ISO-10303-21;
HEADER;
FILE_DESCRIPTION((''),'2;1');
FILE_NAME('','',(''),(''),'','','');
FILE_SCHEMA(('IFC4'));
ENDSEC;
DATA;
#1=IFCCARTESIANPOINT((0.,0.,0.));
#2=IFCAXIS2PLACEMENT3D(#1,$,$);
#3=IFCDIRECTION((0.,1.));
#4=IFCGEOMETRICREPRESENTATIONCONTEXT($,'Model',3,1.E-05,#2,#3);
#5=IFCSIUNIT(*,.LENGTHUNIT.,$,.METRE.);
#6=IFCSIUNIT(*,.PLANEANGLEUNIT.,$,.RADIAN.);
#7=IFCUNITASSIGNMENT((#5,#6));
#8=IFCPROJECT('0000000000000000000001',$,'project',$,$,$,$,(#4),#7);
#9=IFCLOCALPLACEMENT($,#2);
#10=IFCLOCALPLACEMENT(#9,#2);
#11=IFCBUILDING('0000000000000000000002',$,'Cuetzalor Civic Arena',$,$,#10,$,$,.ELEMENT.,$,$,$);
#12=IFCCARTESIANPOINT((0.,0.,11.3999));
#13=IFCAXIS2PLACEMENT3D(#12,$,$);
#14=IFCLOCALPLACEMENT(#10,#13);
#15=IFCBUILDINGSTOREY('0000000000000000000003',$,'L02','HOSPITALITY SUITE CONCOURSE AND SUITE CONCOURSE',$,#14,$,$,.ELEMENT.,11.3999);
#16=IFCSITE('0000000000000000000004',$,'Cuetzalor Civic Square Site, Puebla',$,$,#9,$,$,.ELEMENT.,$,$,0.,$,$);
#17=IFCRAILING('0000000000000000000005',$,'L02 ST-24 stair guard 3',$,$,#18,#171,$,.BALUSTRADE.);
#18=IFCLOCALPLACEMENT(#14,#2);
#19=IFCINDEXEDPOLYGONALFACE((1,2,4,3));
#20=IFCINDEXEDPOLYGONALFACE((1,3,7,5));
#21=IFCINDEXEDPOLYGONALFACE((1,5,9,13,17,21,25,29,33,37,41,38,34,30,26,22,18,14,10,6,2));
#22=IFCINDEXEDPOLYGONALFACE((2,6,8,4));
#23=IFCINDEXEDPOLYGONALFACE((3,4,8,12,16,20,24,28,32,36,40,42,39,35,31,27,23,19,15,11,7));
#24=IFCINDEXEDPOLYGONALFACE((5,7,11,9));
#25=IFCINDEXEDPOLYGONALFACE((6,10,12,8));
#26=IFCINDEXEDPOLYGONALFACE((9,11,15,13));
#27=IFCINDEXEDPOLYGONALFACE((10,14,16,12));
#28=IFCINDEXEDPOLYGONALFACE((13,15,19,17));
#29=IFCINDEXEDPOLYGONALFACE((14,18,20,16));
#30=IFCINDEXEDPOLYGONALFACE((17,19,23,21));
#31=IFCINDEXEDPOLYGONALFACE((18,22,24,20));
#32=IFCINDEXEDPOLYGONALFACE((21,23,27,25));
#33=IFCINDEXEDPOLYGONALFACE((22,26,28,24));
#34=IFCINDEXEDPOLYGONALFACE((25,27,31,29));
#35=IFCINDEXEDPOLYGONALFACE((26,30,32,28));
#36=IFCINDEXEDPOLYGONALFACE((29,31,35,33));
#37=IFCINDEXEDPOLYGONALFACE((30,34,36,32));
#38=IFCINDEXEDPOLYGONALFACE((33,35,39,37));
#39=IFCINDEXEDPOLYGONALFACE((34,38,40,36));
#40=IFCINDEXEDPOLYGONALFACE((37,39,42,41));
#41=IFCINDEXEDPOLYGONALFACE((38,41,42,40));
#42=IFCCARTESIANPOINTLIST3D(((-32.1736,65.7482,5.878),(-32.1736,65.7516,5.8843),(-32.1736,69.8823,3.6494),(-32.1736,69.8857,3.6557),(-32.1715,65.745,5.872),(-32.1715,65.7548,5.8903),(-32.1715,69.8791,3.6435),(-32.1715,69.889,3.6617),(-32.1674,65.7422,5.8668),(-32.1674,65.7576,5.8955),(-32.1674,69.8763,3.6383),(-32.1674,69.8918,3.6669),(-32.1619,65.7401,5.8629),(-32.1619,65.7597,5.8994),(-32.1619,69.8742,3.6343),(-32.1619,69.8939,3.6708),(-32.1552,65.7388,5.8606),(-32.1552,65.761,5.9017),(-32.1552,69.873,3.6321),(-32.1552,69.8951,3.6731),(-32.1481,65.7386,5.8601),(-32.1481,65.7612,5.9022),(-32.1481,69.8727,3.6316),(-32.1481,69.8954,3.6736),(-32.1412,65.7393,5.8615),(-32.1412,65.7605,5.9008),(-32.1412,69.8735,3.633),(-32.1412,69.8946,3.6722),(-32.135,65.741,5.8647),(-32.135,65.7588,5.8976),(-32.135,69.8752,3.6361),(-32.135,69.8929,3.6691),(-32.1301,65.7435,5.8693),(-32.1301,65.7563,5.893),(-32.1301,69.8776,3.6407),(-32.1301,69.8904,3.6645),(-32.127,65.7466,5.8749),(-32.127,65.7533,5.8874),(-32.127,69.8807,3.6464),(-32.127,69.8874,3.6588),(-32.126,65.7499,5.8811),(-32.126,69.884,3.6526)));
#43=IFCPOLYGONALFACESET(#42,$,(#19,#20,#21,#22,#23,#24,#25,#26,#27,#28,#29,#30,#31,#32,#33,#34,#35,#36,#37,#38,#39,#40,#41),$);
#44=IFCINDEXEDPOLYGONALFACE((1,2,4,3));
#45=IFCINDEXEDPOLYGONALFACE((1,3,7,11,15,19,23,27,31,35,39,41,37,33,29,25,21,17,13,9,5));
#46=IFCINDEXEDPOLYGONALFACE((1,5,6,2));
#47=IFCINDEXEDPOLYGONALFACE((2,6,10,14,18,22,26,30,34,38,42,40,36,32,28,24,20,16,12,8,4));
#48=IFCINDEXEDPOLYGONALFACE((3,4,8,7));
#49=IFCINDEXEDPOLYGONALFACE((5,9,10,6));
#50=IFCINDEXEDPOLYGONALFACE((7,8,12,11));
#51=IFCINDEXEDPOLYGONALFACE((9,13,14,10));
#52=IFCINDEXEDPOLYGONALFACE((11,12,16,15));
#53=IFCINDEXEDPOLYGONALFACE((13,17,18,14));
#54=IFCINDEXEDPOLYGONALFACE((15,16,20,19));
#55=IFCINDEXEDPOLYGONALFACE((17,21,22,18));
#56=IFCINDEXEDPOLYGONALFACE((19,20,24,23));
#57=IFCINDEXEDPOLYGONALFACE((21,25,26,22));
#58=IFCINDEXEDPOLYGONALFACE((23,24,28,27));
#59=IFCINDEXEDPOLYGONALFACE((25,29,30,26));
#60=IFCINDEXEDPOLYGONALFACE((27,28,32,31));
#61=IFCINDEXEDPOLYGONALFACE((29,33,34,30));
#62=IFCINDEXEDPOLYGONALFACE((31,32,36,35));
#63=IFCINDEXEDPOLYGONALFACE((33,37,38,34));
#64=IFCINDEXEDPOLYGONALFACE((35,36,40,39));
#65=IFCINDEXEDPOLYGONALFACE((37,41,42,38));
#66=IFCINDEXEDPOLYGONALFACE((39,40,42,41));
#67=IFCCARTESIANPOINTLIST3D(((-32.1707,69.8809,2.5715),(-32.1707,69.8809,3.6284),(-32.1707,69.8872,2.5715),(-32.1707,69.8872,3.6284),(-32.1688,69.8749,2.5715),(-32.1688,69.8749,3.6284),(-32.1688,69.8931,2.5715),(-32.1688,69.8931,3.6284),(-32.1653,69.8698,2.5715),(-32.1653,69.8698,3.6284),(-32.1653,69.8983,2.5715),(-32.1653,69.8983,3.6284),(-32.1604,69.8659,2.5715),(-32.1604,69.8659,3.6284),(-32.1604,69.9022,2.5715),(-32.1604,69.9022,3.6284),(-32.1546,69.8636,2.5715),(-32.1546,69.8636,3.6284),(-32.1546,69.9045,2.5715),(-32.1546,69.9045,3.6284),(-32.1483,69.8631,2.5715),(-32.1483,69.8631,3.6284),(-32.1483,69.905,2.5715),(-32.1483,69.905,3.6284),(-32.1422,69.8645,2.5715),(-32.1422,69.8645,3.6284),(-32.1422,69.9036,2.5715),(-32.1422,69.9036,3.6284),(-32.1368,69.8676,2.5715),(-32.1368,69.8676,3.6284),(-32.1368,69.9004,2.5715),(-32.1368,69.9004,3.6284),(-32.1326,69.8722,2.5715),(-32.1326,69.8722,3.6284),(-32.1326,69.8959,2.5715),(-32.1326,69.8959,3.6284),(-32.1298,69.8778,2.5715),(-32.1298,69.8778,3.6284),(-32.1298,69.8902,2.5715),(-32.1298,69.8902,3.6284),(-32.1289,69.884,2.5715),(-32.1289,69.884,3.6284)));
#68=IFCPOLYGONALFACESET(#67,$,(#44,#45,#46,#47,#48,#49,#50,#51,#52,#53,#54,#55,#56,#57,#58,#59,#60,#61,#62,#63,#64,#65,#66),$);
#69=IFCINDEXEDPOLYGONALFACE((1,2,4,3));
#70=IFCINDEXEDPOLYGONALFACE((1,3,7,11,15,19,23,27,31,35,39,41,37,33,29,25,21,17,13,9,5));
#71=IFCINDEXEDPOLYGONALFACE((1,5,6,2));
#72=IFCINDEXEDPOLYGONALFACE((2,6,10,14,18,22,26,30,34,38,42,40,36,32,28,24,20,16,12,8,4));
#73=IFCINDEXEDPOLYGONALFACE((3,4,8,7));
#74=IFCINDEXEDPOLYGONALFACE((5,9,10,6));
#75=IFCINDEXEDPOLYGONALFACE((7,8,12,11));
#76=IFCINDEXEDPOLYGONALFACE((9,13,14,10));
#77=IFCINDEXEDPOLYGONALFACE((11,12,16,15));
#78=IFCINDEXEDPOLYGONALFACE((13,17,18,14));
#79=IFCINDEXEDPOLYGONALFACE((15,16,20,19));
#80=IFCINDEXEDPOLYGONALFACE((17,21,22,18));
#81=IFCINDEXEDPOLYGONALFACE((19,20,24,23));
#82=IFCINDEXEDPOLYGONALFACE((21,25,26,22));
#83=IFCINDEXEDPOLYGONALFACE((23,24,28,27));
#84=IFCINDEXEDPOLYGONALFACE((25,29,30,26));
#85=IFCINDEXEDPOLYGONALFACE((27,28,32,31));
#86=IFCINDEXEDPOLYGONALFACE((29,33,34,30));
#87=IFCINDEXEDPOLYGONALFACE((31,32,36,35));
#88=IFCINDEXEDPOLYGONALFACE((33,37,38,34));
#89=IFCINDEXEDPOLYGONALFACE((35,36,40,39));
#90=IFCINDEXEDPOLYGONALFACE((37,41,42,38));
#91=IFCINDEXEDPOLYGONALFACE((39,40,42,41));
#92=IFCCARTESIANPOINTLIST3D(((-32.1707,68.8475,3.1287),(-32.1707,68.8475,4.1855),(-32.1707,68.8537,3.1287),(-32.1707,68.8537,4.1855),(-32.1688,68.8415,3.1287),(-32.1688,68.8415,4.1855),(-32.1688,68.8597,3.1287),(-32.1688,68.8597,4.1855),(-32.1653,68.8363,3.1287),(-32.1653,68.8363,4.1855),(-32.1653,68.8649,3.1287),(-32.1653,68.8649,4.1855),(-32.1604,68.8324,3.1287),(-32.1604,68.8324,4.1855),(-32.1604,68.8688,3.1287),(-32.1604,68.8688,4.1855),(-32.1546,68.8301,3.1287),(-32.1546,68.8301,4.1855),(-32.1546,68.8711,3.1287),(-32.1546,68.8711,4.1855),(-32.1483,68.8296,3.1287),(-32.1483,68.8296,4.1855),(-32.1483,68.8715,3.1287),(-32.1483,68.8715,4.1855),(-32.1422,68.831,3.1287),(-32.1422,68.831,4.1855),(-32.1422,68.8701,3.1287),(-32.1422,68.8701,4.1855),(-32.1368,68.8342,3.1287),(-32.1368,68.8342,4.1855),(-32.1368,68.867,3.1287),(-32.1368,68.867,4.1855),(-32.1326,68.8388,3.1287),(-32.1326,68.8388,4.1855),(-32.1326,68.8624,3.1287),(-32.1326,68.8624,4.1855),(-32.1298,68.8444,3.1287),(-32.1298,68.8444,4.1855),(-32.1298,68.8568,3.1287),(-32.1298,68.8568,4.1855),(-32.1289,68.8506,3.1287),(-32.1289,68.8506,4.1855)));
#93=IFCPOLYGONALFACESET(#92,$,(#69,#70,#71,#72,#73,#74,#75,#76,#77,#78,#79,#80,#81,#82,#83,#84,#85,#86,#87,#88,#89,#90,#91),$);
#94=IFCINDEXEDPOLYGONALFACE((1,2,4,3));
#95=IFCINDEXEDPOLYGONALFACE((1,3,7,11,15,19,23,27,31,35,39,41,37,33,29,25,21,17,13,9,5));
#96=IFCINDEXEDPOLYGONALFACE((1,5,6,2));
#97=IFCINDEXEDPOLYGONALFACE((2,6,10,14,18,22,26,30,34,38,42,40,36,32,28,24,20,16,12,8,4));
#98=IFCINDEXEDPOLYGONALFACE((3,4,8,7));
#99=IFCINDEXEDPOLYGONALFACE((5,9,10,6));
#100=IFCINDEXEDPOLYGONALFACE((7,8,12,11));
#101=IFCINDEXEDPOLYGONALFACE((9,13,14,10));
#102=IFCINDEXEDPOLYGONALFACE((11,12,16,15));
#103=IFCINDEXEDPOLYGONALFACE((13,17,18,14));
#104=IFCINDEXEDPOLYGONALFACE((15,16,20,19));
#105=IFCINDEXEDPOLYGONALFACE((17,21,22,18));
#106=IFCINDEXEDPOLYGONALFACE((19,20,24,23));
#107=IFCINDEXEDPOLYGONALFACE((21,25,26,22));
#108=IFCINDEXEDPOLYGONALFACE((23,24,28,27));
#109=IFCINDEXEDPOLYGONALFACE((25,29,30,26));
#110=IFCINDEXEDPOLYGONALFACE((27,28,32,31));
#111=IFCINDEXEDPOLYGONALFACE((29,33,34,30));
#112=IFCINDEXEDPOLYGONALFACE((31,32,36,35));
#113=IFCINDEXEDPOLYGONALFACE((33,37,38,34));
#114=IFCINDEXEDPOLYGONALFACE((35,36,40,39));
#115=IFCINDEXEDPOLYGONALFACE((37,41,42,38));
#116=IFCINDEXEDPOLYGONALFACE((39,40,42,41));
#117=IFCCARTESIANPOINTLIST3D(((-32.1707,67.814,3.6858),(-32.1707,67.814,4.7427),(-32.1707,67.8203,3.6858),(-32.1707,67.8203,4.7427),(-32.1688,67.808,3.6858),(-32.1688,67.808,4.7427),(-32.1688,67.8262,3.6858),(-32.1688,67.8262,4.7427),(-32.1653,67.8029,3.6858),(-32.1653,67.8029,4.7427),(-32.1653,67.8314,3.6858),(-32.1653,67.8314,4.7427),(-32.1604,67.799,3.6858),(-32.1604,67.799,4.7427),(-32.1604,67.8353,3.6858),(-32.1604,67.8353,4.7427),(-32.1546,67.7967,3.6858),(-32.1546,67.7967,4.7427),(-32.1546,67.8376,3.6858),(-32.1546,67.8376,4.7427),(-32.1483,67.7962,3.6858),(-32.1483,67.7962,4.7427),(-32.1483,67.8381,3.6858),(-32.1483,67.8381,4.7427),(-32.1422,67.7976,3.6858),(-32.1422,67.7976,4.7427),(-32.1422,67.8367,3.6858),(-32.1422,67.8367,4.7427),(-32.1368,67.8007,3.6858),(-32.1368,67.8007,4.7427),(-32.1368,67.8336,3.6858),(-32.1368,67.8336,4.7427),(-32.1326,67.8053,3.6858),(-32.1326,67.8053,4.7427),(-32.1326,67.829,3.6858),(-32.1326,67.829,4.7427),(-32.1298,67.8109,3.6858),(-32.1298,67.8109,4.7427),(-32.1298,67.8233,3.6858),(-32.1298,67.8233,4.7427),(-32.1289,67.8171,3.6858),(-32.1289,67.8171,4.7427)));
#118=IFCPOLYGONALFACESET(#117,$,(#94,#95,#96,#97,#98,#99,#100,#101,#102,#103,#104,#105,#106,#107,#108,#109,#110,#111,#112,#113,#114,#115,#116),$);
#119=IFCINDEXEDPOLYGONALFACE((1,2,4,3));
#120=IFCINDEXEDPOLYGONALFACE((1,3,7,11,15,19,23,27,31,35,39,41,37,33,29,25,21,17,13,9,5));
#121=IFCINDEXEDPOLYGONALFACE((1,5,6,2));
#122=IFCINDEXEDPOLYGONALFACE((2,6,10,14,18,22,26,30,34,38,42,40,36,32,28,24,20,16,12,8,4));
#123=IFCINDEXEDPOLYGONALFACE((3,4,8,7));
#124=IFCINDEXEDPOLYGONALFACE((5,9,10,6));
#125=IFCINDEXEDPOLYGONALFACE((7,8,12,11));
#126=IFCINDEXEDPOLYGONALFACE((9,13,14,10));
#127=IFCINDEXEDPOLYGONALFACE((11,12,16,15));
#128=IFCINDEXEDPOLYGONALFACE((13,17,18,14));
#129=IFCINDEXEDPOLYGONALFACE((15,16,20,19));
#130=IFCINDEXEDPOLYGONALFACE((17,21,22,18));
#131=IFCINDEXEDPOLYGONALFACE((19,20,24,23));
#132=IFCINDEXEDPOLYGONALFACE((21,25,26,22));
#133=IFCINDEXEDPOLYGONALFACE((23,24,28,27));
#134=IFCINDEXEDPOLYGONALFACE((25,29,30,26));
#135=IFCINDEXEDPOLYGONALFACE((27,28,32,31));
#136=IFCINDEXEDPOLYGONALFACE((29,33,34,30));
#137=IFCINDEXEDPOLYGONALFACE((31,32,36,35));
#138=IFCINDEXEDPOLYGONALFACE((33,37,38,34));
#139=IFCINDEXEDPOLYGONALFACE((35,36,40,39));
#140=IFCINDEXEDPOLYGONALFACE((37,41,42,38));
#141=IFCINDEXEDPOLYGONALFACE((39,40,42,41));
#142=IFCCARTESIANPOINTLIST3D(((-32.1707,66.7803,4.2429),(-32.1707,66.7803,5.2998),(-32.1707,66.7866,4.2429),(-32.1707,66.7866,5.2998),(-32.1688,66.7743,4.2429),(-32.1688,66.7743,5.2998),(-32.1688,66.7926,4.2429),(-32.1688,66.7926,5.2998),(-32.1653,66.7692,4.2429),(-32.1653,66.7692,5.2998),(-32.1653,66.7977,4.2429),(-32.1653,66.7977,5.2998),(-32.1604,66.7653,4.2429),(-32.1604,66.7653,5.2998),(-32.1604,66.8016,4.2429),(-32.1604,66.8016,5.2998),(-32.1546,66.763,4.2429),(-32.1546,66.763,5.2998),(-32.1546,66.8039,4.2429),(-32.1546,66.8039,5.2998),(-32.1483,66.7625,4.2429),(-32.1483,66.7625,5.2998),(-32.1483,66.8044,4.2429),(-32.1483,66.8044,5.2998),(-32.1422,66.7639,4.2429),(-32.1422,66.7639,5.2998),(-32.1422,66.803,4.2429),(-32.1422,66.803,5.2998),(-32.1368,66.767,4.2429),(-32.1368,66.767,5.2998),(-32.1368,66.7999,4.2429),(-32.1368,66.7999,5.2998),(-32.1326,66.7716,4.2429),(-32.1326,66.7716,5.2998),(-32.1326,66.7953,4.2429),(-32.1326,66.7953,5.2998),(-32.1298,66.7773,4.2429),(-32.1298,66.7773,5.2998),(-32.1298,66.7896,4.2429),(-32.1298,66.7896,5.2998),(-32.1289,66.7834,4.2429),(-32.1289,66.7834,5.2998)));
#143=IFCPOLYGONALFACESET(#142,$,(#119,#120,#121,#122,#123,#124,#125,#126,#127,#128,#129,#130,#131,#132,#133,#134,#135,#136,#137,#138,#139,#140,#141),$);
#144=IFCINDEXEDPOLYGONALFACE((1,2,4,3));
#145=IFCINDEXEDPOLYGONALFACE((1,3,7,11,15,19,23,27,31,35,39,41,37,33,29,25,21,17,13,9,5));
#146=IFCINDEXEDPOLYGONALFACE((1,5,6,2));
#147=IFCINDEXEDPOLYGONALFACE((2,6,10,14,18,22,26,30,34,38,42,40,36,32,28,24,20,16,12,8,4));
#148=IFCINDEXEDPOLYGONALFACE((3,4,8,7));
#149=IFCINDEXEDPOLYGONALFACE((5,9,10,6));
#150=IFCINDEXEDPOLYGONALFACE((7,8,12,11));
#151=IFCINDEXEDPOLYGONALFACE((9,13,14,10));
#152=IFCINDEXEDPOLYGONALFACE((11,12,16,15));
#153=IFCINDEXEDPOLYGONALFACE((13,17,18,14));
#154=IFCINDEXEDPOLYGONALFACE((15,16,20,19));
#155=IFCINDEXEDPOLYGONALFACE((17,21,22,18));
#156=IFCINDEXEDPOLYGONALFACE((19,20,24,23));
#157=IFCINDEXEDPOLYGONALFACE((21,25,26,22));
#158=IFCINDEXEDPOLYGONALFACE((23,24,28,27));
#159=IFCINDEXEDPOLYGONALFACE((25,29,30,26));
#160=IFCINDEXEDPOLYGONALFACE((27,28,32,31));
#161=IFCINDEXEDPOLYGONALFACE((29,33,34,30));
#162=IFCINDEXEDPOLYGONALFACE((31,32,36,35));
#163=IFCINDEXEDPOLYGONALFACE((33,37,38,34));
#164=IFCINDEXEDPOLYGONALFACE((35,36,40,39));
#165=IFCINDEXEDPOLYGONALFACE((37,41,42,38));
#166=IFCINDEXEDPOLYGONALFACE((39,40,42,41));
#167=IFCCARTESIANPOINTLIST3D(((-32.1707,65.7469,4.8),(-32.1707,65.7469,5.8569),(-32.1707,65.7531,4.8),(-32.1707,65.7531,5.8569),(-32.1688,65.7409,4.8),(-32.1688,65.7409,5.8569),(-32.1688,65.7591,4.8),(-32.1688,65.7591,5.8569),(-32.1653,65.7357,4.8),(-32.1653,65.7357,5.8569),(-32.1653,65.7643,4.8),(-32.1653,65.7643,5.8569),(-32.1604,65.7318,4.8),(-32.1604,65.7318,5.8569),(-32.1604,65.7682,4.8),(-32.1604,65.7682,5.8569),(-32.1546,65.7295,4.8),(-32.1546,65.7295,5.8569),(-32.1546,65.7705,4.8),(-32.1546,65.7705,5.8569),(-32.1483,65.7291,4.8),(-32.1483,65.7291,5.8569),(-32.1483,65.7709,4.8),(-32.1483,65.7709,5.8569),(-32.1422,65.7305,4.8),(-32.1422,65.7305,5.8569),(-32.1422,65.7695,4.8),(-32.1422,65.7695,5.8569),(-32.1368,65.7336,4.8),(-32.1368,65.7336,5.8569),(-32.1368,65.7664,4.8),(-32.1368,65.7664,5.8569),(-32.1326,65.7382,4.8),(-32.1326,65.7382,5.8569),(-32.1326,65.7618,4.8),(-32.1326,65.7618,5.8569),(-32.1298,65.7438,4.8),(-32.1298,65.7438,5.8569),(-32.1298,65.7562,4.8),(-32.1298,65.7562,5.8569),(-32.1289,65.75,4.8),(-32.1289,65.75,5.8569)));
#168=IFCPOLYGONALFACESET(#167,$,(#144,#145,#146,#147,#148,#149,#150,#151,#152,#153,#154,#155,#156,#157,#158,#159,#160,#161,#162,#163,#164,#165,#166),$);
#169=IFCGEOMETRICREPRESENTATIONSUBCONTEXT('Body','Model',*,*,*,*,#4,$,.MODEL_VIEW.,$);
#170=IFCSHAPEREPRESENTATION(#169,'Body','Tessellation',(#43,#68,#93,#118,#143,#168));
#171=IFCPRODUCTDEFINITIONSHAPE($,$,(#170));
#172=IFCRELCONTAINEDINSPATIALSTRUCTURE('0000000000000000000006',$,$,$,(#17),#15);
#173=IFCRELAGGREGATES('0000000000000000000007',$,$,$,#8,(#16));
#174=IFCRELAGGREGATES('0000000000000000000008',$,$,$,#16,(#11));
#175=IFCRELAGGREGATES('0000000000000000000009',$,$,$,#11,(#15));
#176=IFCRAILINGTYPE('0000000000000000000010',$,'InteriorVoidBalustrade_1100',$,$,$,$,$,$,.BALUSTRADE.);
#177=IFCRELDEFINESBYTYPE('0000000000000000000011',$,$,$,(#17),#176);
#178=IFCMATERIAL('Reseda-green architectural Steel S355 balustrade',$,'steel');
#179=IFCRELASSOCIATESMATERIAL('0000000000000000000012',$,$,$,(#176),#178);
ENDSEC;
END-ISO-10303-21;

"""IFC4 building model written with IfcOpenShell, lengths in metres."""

from ifc_helpers import new_model, si_unit, direction, frame, origin, origin_2d, place, context, subcontext, project, spatial, circle, extrude, material, type_object, element, save


model = new_model("IFC4")

# Units and contexts
model_context = context("Model", 3, precision=1e-05, world=origin(), true_north=direction((0.0, 1.0)))
body_context = subcontext(model_context, "Body", "Model", "MODEL_VIEW")
ifc_project = project(units=[si_unit("LENGTHUNIT", "METRE"), si_unit("PLANEANGLEUNIT", "RADIAN")], contexts=[model_context])

# Site, building, storey
site_placement = place(None, origin())
site = spatial("IfcSite", under=ifc_project, at=site_placement, Name="Cuetzalor Civic Square Site, Puebla", CompositionType="ELEMENT", RefElevation=0.0)
building_placement = place(site_placement, origin())
building = spatial("IfcBuilding", under=site, at=building_placement, Name="Cuetzalor Civic Arena", CompositionType="ELEMENT")
storey_placement = place(building_placement, frame((0.0, 0.0, 11.3999)))
storey = spatial("IfcBuildingStorey", under=building, at=storey_placement, Name="L02", Description="HOSPITALITY SUITE CONCOURSE AND SUITE CONCOURSE", CompositionType="ELEMENT", Elevation=11.3999)

# Railing
ifc_material_1 = material(Name="Reseda-green architectural Steel S355 balustrade", Category="steel")
railing_type_1 = type_object("IfcRailingType", Name="InteriorVoidBalustrade_1100", PredefinedType="BALUSTRADE", material=ifc_material_1)
railing_1_placement = place(storey_placement, frame((-32.1499, 69.884, 2.5715)))
element("IfcRailing", 1, at=railing_1_placement, inside=storey, type_object=railing_type_1, Name="L02 ST-24 stair guard 3", PredefinedType="BALUSTRADE", context=body_context, shape_type="SweptSolid", body=[
    extrude(circle(Radius=0.0239, at=origin_2d()), frame((0.0, 0.0, 1.0811), z_axis=(0.0, -0.880249, 0.474512), x_axis=(1.0, 0.0, 0.0)), (0.0, 0.0, 1.0), 4.6965),
    extrude(circle(Radius=0.021, at=origin_2d()), origin(), (0.0, 0.0, 1.0), 1.0569),
    extrude(circle(Radius=0.021, at=origin_2d()), frame((0.0, -1.0334, 0.5571)), (0.0, 0.0, 1.0), 1.0569),
    extrude(circle(Radius=0.021, at=origin_2d()), frame((0.0, -2.0669, 1.1143)), (0.0, 0.0, 1.0), 1.0569),
    extrude(circle(Radius=0.021, at=origin_2d()), frame((0.0, -3.1006, 1.6714)), (0.0, 0.0, 1.0), 1.0569),
    extrude(circle(Radius=0.021, at=origin_2d()), frame((0.0, -4.134, 2.2285)), (0.0, 0.0, 1.0), 1.0569),
])

save(model, "model.ifc")
